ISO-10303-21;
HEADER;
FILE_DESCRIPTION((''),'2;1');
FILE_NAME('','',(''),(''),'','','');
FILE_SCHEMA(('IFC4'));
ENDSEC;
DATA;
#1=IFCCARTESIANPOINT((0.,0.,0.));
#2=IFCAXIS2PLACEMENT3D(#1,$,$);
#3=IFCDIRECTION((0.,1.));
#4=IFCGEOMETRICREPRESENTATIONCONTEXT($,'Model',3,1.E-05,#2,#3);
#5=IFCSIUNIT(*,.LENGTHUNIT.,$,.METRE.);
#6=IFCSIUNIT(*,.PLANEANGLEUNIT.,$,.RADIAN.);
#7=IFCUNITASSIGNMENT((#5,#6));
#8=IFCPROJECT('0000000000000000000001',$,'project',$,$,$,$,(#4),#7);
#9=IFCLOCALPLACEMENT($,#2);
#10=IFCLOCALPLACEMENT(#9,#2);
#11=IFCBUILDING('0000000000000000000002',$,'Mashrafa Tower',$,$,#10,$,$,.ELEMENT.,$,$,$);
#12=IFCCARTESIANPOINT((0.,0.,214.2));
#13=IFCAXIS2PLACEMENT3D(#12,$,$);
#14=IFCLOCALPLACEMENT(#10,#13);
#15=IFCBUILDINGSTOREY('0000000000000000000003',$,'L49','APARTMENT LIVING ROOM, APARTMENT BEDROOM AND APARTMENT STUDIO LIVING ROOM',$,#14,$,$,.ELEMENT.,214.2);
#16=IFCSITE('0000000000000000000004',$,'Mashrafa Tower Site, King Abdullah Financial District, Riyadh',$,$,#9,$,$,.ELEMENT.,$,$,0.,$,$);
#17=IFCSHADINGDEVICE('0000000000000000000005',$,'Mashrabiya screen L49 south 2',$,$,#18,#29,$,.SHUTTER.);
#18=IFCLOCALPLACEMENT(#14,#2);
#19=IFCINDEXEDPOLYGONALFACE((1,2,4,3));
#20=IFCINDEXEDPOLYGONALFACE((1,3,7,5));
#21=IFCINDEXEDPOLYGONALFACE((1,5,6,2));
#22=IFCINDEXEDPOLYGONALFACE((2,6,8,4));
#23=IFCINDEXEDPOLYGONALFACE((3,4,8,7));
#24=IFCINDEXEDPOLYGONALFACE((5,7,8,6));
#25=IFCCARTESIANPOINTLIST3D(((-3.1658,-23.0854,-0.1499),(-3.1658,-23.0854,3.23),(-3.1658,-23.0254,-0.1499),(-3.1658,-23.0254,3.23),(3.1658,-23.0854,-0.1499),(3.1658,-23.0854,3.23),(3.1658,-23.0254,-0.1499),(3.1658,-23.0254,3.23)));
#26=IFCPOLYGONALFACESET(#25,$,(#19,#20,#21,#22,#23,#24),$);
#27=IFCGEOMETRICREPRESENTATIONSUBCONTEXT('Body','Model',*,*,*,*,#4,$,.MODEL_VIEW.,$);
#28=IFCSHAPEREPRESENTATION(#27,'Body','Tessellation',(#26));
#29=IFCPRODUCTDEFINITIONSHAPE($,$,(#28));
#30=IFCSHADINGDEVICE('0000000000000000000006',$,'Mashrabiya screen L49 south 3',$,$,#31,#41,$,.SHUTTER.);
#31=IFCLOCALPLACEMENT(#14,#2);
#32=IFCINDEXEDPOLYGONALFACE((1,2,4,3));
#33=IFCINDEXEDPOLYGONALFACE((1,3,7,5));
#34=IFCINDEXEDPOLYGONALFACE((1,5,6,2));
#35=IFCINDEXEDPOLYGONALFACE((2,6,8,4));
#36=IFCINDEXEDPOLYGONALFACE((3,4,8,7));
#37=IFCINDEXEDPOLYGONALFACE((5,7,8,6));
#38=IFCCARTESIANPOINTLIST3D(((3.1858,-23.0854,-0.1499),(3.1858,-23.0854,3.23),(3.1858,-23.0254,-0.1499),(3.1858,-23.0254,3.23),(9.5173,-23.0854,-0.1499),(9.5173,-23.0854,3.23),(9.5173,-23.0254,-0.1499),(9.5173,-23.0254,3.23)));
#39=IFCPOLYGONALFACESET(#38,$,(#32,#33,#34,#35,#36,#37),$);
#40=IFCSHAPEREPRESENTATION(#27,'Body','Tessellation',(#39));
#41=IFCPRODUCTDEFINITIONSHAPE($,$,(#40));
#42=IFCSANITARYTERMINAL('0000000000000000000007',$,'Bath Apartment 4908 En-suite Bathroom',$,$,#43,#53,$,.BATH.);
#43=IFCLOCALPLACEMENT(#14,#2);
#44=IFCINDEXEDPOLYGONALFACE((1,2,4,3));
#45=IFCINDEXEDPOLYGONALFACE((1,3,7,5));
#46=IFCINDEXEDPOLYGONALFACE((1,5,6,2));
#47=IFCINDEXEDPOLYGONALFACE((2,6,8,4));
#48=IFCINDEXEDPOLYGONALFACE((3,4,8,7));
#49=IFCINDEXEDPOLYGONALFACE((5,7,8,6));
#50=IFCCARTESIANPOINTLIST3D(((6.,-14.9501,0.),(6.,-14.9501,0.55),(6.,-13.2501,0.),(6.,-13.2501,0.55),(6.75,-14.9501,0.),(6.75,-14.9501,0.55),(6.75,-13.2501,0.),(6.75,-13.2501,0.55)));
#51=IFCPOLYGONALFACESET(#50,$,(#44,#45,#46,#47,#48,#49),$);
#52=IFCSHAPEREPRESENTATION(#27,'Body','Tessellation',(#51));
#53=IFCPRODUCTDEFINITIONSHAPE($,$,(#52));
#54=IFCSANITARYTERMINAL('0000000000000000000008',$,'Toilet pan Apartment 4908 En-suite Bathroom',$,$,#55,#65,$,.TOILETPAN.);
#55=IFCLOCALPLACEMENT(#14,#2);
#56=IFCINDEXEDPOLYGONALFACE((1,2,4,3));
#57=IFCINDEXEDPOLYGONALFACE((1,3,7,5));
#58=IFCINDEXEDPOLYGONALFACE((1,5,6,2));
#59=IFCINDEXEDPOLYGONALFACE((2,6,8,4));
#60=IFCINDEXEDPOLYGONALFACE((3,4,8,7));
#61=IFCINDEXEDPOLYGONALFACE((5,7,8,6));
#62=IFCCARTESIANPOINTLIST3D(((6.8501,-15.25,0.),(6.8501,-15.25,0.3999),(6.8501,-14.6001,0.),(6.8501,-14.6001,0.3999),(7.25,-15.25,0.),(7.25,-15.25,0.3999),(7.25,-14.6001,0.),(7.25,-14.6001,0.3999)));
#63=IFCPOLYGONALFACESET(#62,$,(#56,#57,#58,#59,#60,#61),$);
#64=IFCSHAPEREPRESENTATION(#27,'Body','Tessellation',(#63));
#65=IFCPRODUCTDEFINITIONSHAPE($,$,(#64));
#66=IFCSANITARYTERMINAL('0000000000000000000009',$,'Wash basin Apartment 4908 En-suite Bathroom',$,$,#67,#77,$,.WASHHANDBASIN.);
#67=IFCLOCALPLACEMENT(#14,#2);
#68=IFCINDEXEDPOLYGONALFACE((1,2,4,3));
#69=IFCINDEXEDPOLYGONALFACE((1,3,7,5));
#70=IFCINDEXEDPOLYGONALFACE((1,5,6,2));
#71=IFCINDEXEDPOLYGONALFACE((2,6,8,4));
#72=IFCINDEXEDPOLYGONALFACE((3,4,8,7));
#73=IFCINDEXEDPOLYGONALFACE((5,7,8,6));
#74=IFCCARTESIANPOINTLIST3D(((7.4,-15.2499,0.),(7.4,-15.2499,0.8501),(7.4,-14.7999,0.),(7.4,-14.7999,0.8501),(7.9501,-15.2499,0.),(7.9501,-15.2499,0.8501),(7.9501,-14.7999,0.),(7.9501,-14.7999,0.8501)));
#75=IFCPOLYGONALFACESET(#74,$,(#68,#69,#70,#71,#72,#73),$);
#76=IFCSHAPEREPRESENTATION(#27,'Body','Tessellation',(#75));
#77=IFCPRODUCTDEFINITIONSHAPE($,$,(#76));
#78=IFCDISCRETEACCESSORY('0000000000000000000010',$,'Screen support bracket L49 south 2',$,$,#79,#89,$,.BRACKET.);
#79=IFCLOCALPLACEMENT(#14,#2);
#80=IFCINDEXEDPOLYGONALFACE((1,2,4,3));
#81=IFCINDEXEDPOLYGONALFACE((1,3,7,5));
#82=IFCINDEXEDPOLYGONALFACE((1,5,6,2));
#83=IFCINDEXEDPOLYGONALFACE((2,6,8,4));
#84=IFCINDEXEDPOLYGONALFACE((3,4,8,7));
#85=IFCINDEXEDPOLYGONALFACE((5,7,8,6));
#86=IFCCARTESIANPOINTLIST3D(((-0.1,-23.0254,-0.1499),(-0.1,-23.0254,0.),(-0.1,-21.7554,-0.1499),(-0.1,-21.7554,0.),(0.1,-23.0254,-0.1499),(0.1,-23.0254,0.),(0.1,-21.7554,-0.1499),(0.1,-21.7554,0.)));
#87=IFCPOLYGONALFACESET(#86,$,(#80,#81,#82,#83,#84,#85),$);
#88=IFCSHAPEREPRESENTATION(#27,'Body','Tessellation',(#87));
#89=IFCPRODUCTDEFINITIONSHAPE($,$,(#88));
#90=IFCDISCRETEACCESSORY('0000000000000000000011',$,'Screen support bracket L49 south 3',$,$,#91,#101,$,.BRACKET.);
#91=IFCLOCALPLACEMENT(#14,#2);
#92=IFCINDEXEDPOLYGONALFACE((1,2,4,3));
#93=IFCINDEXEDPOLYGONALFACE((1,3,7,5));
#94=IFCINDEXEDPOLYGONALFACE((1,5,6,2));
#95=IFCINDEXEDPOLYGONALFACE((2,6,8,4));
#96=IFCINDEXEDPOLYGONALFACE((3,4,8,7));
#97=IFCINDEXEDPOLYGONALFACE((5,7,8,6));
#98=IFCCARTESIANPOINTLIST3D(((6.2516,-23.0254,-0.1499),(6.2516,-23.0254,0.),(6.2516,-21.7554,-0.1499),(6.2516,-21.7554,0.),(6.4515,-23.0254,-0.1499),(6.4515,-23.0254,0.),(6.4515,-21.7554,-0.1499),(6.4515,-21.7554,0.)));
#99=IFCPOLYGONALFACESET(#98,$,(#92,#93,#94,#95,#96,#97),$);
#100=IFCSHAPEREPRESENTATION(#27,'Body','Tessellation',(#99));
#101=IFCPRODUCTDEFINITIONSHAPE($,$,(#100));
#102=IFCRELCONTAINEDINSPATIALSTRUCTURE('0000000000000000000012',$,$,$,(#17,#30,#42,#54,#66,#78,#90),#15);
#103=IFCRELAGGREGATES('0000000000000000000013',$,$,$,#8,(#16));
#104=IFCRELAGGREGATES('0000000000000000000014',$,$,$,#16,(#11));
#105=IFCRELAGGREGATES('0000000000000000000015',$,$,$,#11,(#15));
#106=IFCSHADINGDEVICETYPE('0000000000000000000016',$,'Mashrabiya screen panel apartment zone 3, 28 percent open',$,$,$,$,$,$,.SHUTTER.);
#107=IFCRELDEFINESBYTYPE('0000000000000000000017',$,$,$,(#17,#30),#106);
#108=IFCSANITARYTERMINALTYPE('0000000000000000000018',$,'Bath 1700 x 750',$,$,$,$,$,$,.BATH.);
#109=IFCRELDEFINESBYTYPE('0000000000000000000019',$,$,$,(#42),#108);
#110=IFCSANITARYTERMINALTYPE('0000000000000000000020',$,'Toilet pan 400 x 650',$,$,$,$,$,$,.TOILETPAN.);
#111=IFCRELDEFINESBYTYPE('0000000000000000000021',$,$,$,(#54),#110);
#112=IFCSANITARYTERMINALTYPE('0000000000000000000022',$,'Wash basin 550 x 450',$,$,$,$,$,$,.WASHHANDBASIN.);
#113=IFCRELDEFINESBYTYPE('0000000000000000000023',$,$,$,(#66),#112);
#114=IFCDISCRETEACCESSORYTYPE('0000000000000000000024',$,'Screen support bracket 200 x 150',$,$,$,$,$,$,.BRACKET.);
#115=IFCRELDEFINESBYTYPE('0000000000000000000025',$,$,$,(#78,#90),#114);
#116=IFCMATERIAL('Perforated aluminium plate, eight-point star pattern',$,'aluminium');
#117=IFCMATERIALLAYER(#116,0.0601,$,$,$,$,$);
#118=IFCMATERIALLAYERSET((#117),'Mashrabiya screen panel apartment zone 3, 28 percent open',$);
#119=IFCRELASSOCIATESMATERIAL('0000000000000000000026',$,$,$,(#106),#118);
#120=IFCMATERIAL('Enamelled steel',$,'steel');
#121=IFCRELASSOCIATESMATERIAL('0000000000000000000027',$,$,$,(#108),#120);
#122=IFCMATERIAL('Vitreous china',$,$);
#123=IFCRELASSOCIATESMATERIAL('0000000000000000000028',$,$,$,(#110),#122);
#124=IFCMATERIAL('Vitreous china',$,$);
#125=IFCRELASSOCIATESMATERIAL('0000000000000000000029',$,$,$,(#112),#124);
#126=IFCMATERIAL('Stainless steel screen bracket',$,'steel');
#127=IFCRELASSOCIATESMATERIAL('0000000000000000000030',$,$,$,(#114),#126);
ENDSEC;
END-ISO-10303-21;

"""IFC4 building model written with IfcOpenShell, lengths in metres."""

from ifc_helpers import new_model, si_unit, direction, frame, origin, origin_2d, place, context, subcontext, project, spatial, rectangle, extrude, source, transform, mapped, material, layer, layer_set, type_object, type_shapes, element, save


model = new_model("IFC4")

# Units and contexts
model_context = context("Model", 3, precision=1e-05, world=origin(), true_north=direction((0.0, 1.0)))
body_context = subcontext(model_context, "Body", "Model", "MODEL_VIEW")
ifc_project = project(units=[si_unit("LENGTHUNIT", "METRE"), si_unit("PLANEANGLEUNIT", "RADIAN")], contexts=[model_context])

# Site, building, storey
site_placement = place(None, origin())
site = spatial("IfcSite", under=ifc_project, at=site_placement, Name="Mashrafa Tower Site, King Abdullah Financial District, Riyadh", CompositionType="ELEMENT", RefElevation=0.0)
building_placement = place(site_placement, origin())
building = spatial("IfcBuilding", under=site, at=building_placement, Name="Mashrafa Tower", CompositionType="ELEMENT")
storey_placement = place(building_placement, frame((0.0, 0.0, 214.2)))
storey = spatial("IfcBuildingStorey", under=building, at=storey_placement, Name="L49", Description="APARTMENT LIVING ROOM, APARTMENT BEDROOM AND APARTMENT STUDIO LIVING ROOM", CompositionType="ELEMENT", Elevation=214.2)

# Shading devices
ifc_material_1 = material(Name="Perforated aluminium plate, eight-point star pattern", Category="aluminium")
ifc_layer_1 = layer(ifc_material_1, 0.0601)
ifc_layer_set_1 = layer_set([ifc_layer_1], Name="Mashrabiya screen panel apartment zone 3, 28 percent open")
shading_device_type = type_object("IfcShadingDeviceType", Name="Mashrabiya screen panel apartment zone 3, 28 percent open", PredefinedType="SHUTTER", material=ifc_layer_set_1)
shared_shape_1 = source(origin(), body_context, "Body", "SweptSolid", [
    extrude(rectangle(XDim=6.3315, YDim=0.0601, at=origin_2d()), origin(), (0.0, 0.0, 1.0), 3.3799),
])
type_shapes(shading_device_type, [shared_shape_1])
for number, where, z_axis, x_axis, name in (
    (1, (0.0, -23.0554, -0.1499), (0.0, 0.0, 1.0), (1.0, 0.0, 0.0), "Mashrabiya screen L49 south 2"),
    (2, (6.3516, -23.0554, -0.1499), (0.0, 0.0, 1.0), (1.0, 0.0, 0.0), "Mashrabiya screen L49 south 3"),
):
    element("IfcShadingDevice", number, at=place(storey_placement, frame(where, z_axis=z_axis, x_axis=x_axis)), inside=storey, type_object=shading_device_type, Name=name, PredefinedType="SHUTTER", context=body_context, shape_type="MappedRepresentation", body=[
        mapped(shared_shape_1, transform((0.0, 0.0, 0.0))),
    ])

# Sanitary terminals
ifc_material_2 = material(Name="Enamelled steel", Category="steel")
sanitary_terminal_type_1 = type_object("IfcSanitaryTerminalType", Name="Bath 1700 x 750", PredefinedType="BATH", material=ifc_material_2)
sanitary_terminal_1_placement = place(storey_placement, frame((6.375, -14.1001, 0.0), z_axis=(0.0, 0.0, 1.0), x_axis=(0.0, -1.0, 0.0)))
element("IfcSanitaryTerminal", 3, at=sanitary_terminal_1_placement, inside=storey, type_object=sanitary_terminal_type_1, Name="Bath Apartment 4908 En-suite Bathroom", PredefinedType="BATH", context=body_context, shape_type="SweptSolid", body=[
    extrude(rectangle(XDim=1.7, YDim=0.75, at=origin_2d()), origin(), (0.0, 0.0, 1.0), 0.55),
])
ifc_material_3 = material(Name="Vitreous china")
sanitary_terminal_type_2 = type_object("IfcSanitaryTerminalType", Name="Toilet pan 400 x 650", PredefinedType="TOILETPAN", material=ifc_material_3)
sanitary_terminal_2_placement = place(storey_placement, frame((7.05, -14.925, 0.0), z_axis=(0.0, 0.0, 1.0), x_axis=(1.0, 0.0, 0.0)))
element("IfcSanitaryTerminal", 4, at=sanitary_terminal_2_placement, inside=storey, type_object=sanitary_terminal_type_2, Name="Toilet pan Apartment 4908 En-suite Bathroom", PredefinedType="TOILETPAN", context=body_context, shape_type="SweptSolid", body=[
    extrude(rectangle(XDim=0.3999, YDim=0.6499, at=origin_2d()), origin(), (0.0, 0.0, 1.0), 0.3999),
])
ifc_material_4 = material(Name="Vitreous china")
sanitary_terminal_type_3 = type_object("IfcSanitaryTerminalType", Name="Wash basin 550 x 450", PredefinedType="WASHHANDBASIN", material=ifc_material_4)
sanitary_terminal_3_placement = place(storey_placement, frame((7.675, -15.0249, 0.0), z_axis=(0.0, 0.0, 1.0), x_axis=(1.0, 0.0, 0.0)))
element("IfcSanitaryTerminal", 5, at=sanitary_terminal_3_placement, inside=storey, type_object=sanitary_terminal_type_3, Name="Wash basin Apartment 4908 En-suite Bathroom", PredefinedType="WASHHANDBASIN", context=body_context, shape_type="SweptSolid", body=[
    extrude(rectangle(XDim=0.55, YDim=0.45, at=origin_2d()), origin(), (0.0, 0.0, 1.0), 0.8501),
])

# Discrete accessories
ifc_material_5 = material(Name="Stainless steel screen bracket", Category="steel")
discrete_accessory_type = type_object("IfcDiscreteAccessoryType", Name="Screen support bracket 200 x 150", PredefinedType="BRACKET", material=ifc_material_5)
shared_shape_2 = source(origin(), body_context, "Body", "SweptSolid", [
    extrude(rectangle(XDim=0.2, YDim=1.27, at=origin_2d()), origin(), (0.0, 0.0, 1.0), 0.1499),
])
type_shapes(discrete_accessory_type, [shared_shape_2])
for number, where, z_axis, x_axis, name in (
    (6, (0.0, -22.3904, -0.1499), (0.0, 0.0, 1.0), (1.0, 0.0, 0.0), "Screen support bracket L49 south 2"),
    (7, (6.3516, -22.3904, -0.1499), (0.0, 0.0, 1.0), (1.0, 0.0, 0.0), "Screen support bracket L49 south 3"),
):
    element("IfcDiscreteAccessory", number, at=place(storey_placement, frame(where, z_axis=z_axis, x_axis=x_axis)), inside=storey, type_object=discrete_accessory_type, Name=name, PredefinedType="BRACKET", context=body_context, shape_type="MappedRepresentation", body=[
        mapped(shared_shape_2, transform((0.0, 0.0, 0.0))),
    ])

save(model, "model.ifc")
